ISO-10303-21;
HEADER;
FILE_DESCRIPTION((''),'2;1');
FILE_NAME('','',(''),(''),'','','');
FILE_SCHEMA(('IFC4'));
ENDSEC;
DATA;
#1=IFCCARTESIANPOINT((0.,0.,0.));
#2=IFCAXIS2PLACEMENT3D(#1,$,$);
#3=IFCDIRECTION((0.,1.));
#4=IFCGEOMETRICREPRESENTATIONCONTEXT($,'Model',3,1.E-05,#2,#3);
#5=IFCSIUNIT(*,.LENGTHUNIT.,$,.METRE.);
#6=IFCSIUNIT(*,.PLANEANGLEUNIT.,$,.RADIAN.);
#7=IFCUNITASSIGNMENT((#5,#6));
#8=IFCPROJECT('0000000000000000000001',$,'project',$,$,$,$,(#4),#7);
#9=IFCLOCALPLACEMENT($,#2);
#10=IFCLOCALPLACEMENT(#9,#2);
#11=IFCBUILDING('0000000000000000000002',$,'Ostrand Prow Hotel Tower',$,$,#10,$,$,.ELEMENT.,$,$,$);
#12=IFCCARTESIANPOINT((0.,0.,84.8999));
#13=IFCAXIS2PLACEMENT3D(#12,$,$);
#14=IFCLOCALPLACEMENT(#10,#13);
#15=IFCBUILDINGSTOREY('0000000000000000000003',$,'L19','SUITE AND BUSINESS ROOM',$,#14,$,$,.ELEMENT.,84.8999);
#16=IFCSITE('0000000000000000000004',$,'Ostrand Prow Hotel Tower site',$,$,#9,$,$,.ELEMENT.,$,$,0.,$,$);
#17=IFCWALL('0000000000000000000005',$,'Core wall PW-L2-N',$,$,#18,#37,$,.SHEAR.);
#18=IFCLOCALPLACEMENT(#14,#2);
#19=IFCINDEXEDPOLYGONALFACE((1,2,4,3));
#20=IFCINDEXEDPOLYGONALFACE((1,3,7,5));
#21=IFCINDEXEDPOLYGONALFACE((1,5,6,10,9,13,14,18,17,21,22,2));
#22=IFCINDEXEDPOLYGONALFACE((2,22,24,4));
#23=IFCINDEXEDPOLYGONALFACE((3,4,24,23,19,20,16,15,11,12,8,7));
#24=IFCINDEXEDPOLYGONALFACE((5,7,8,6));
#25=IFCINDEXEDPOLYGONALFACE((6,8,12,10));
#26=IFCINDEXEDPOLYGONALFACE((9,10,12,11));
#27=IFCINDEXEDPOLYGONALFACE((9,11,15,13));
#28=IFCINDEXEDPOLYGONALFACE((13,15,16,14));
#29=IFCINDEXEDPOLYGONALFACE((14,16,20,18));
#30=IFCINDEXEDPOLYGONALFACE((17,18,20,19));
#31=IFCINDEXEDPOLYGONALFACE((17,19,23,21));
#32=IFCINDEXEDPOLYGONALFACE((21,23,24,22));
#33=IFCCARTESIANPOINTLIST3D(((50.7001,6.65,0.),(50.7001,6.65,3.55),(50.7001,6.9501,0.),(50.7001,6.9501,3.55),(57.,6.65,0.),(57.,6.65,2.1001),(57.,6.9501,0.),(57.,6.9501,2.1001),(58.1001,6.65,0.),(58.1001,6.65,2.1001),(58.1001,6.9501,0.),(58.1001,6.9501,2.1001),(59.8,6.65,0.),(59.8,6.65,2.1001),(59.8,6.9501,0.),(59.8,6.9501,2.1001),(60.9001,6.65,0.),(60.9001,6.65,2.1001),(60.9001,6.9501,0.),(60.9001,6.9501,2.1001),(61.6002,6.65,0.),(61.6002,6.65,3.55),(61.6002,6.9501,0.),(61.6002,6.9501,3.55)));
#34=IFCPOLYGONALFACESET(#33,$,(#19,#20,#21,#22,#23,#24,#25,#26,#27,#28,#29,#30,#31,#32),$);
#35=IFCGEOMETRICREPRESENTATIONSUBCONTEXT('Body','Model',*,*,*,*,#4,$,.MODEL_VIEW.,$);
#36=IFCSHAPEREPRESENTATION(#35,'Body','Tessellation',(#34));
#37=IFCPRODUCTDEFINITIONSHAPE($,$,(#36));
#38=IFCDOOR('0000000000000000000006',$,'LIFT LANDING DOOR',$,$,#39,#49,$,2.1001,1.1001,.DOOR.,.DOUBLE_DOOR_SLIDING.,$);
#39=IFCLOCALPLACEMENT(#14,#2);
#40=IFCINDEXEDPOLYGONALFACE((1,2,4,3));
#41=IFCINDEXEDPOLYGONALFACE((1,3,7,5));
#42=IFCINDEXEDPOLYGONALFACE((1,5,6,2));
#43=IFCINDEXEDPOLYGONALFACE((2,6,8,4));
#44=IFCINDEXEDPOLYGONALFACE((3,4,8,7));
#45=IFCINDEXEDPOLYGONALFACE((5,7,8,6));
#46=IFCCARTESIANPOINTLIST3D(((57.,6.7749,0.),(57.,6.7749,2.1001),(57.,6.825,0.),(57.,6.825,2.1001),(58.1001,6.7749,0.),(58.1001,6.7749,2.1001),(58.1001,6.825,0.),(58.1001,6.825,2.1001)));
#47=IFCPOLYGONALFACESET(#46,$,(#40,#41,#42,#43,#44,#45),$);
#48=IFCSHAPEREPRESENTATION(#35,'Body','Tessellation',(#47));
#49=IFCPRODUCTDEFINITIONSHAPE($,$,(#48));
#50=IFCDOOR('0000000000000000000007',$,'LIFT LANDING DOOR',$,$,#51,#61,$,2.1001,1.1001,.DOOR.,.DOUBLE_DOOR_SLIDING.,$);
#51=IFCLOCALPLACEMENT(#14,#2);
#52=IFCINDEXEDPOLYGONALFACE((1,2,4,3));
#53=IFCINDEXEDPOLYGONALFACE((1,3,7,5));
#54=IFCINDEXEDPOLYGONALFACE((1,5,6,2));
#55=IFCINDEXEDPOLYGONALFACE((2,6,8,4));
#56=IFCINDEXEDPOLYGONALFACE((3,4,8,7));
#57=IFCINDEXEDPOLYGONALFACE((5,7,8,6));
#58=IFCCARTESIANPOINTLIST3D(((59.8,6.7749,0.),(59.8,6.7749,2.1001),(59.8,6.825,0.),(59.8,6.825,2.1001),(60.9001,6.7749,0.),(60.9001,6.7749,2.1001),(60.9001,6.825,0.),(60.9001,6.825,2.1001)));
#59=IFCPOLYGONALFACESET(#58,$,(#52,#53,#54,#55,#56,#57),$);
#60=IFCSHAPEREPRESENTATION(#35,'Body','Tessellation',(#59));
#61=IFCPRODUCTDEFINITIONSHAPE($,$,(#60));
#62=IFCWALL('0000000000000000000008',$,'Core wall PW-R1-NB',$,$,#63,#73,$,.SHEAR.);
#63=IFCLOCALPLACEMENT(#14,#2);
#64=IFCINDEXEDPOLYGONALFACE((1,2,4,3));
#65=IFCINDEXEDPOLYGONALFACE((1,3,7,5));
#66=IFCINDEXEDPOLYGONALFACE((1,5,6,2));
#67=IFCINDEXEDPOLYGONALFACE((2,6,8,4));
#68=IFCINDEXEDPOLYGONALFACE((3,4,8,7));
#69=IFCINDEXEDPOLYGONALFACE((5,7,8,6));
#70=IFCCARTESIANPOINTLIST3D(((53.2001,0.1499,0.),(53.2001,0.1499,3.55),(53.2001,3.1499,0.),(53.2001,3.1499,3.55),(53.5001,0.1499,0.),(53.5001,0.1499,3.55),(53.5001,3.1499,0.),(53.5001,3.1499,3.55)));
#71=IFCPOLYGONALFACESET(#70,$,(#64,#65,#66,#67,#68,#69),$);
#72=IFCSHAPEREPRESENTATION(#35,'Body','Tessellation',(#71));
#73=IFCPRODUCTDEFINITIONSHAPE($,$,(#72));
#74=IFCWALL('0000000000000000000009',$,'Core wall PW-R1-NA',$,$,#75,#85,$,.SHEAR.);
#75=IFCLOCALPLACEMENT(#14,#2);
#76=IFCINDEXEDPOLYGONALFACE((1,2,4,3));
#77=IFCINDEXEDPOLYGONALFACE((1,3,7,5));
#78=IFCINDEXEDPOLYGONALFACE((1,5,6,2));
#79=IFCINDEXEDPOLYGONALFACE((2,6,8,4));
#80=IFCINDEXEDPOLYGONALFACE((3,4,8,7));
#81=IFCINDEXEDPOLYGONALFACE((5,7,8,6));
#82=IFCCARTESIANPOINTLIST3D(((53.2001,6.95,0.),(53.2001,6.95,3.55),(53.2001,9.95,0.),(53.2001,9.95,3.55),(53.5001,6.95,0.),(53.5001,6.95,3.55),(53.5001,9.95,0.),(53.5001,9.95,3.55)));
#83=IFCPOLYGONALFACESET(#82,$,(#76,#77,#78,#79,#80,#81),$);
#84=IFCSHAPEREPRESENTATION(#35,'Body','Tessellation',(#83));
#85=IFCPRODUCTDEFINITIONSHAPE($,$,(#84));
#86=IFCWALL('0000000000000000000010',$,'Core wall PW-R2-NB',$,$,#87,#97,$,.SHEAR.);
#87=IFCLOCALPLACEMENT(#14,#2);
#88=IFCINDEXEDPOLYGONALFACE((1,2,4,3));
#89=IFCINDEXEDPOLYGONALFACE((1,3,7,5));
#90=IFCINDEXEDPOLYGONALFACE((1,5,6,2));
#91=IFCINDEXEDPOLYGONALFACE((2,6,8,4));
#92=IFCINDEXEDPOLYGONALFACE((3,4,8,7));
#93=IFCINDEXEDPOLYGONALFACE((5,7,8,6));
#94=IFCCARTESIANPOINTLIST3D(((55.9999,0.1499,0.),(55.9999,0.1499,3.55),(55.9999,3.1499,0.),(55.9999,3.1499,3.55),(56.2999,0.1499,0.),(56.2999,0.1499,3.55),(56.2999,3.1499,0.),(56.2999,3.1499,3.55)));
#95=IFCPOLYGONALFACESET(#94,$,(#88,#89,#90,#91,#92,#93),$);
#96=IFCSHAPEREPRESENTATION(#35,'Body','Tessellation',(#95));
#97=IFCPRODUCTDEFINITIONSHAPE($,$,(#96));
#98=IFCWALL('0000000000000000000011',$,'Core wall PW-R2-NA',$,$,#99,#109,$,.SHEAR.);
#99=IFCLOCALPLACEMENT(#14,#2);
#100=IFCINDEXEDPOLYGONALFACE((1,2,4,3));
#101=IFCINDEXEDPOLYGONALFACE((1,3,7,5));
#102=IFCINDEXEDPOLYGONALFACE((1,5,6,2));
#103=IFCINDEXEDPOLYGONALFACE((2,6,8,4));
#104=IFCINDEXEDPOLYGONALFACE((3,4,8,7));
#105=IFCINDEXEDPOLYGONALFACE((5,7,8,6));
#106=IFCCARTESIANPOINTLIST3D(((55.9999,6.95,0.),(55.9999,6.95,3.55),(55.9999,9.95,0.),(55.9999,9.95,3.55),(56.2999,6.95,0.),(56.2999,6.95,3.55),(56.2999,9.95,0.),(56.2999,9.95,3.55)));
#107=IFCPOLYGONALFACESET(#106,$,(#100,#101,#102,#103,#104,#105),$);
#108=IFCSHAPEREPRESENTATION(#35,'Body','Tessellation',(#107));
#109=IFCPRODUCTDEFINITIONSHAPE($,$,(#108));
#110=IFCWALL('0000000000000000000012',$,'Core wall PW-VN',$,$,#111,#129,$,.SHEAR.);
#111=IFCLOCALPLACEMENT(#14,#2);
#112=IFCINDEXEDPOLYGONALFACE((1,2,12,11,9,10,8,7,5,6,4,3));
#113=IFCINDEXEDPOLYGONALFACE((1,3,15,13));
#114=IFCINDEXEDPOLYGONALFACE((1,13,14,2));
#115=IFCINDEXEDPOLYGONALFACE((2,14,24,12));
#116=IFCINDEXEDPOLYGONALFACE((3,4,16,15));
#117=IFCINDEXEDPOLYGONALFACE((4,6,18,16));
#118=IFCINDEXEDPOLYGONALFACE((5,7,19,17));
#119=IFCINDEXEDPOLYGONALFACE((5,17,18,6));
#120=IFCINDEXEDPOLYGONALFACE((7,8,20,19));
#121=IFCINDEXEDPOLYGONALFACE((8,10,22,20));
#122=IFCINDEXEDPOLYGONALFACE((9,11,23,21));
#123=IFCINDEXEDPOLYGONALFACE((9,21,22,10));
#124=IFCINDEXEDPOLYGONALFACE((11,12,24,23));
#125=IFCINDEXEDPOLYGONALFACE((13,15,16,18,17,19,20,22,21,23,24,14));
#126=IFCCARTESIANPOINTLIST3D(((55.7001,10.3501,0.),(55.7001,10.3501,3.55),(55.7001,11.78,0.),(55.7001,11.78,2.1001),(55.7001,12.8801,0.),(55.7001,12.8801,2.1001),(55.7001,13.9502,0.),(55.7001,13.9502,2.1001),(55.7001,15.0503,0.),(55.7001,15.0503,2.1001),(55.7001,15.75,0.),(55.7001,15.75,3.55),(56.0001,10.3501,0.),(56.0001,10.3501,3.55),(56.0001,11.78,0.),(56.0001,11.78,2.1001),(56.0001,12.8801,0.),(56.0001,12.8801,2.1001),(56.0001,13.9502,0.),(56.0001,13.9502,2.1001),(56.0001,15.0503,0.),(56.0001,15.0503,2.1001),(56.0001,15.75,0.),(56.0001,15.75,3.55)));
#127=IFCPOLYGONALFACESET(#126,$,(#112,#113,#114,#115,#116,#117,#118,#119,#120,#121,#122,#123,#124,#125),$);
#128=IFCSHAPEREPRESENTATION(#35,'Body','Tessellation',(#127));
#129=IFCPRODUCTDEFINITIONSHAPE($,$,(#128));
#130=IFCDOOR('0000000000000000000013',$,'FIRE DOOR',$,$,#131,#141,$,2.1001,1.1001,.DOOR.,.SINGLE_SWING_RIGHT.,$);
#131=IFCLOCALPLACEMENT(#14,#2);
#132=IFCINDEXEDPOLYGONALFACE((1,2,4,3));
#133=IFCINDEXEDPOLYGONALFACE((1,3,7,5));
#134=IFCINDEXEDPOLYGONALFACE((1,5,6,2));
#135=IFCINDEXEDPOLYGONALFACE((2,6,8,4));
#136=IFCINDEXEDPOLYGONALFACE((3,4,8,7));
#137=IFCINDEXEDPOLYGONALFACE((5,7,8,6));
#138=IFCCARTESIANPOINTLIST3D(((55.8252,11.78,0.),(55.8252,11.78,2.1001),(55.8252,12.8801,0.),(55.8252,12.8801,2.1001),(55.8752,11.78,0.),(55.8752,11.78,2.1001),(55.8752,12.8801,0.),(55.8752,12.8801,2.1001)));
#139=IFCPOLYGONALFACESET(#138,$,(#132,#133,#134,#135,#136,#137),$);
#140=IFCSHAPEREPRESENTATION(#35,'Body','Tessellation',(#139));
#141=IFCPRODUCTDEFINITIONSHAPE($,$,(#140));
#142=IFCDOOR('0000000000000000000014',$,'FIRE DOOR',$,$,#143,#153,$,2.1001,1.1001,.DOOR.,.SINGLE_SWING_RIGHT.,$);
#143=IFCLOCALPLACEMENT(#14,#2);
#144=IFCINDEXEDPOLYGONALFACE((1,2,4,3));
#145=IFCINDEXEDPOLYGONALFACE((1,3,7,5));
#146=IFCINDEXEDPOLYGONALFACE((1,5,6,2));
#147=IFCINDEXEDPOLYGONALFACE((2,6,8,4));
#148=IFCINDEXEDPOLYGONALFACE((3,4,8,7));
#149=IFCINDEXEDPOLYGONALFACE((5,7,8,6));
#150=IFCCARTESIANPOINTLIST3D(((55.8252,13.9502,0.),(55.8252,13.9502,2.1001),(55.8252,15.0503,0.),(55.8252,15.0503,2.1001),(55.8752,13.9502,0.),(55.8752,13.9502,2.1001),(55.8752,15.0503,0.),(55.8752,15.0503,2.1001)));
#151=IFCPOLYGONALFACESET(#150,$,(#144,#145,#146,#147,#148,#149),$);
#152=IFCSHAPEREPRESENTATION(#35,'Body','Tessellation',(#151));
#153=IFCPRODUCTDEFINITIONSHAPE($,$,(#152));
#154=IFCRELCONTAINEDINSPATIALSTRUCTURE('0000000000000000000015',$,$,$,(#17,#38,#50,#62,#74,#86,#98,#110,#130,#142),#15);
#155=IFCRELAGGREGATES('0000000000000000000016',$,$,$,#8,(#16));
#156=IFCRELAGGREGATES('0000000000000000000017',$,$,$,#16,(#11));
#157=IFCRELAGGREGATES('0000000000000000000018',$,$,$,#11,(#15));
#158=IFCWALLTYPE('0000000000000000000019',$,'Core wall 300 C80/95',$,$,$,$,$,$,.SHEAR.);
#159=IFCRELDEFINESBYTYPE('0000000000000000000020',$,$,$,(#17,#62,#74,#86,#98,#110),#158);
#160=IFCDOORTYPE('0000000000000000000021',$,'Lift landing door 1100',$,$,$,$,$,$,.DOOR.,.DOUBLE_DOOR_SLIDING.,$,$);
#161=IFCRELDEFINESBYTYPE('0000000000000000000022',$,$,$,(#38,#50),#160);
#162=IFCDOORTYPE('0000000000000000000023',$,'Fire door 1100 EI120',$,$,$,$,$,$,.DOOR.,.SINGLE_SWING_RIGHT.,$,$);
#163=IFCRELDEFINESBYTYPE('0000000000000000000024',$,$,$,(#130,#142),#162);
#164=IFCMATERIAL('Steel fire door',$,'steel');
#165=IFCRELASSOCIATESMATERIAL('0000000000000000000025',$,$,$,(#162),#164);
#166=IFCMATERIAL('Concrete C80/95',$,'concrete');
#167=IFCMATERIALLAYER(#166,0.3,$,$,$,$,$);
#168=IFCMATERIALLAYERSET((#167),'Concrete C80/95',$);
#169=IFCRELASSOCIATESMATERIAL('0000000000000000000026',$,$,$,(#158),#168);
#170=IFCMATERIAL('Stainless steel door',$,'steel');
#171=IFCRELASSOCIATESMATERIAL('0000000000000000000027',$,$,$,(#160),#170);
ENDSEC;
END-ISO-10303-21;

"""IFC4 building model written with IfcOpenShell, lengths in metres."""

from ifc_helpers import new_model, si_unit, direction, frame, frame_2d, origin, place, context, subcontext, project, spatial, rectangle, extrude, material, layer, layer_set, type_object, element, fill, save


model = new_model("IFC4")

# Units and contexts
model_context = context("Model", 3, precision=1e-05, world=origin(), true_north=direction((0.0, 1.0)))
body_context = subcontext(model_context, "Body", "Model", "MODEL_VIEW")
ifc_project = project(units=[si_unit("LENGTHUNIT", "METRE"), si_unit("PLANEANGLEUNIT", "RADIAN")], contexts=[model_context])

# Site, building, storey
site_placement = place(None, origin())
site = spatial("IfcSite", under=ifc_project, at=site_placement, Name="Ostrand Prow Hotel Tower site", CompositionType="ELEMENT", RefElevation=0.0)
building_placement = place(site_placement, origin())
building = spatial("IfcBuilding", under=site, at=building_placement, Name="Ostrand Prow Hotel Tower", CompositionType="ELEMENT")
storey_placement = place(building_placement, frame((0.0, 0.0, 84.8999)))
storey = spatial("IfcBuildingStorey", under=building, at=storey_placement, Name="L19", Description="SUITE AND BUSINESS ROOM", CompositionType="ELEMENT", Elevation=84.8999)

# Shared definitions
ifc_material_1 = material(Name="Steel fire door", Category="steel")
door_type_1 = type_object("IfcDoorType", Name="Fire door 1100 EI120", OperationType="SINGLE_SWING_RIGHT", PredefinedType="DOOR", material=ifc_material_1)

# Wall, openings, doors
ifc_material_2 = material(Name="Concrete C80/95", Category="concrete")
ifc_layer_1 = layer(ifc_material_2, 0.3)
ifc_layer_set_1 = layer_set([ifc_layer_1], Name="Concrete C80/95")
wall_type_1 = type_object("IfcWallType", Name="Core wall 300 C80/95", PredefinedType="SHEAR", material=ifc_layer_set_1)
wall_1_placement = place(storey_placement, frame((50.7, 6.8, 0.0), z_axis=(0.0, 0.0, 1.0), x_axis=(1.0, 0.0, 0.0)))
wall_1 = element("IfcWall", 1, at=wall_1_placement, inside=storey, type_object=wall_type_1, Name="Core wall PW-L2-N", PredefinedType="SHEAR", context=body_context, shape_type="SweptSolid", body=[
    extrude(rectangle(XDim=10.9001, YDim=0.3, at=frame_2d((5.4502, 0.0))), origin(), (0.0, 0.0, 1.0), 3.55),
])
opening_1_placement = place(wall_1_placement, frame((6.3, 0.0, 0.0)))
opening_1 = element("IfcOpeningElement", 2, at=opening_1_placement, cuts=wall_1, PredefinedType="OPENING", context=body_context, shape_type="SweptSolid", body=[
    extrude(rectangle(XDim=1.1001, YDim=2.1001, at=frame_2d((0.55, 1.05))), frame((0.0, 0.1599, 0.0), z_axis=(0.0, -1.0, 0.0), x_axis=(1.0, 0.0, 0.0)), (0.0, 0.0, 1.0), 0.3201),
])
opening_2_placement = place(wall_1_placement, frame((9.1001, 0.0, 0.0)))
opening_2 = element("IfcOpeningElement", 3, at=opening_2_placement, cuts=wall_1, PredefinedType="OPENING", context=body_context, shape_type="SweptSolid", body=[
    extrude(rectangle(XDim=1.1001, YDim=2.1001, at=frame_2d((0.55, 1.05))), frame((0.0, 0.1599, 0.0), z_axis=(0.0, -1.0, 0.0), x_axis=(1.0, 0.0, 0.0)), (0.0, 0.0, 1.0), 0.3201),
])
ifc_material_3 = material(Name="Stainless steel door", Category="steel")
door_type_2 = type_object("IfcDoorType", Name="Lift landing door 1100", OperationType="DOUBLE_DOOR_SLIDING", PredefinedType="DOOR", material=ifc_material_3)
door_1_placement = place(opening_1_placement, origin())
door_1 = element("IfcDoor", 4, at=door_1_placement, inside=storey, type_object=door_type_2, Name="LIFT LANDING DOOR", OperationType="DOUBLE_DOOR_SLIDING", OverallHeight=2.1001, OverallWidth=1.1001, PredefinedType="DOOR", context=body_context, shape_type="SweptSolid", body=[
    extrude(rectangle(XDim=1.1001, YDim=2.1001, at=frame_2d((0.55, 1.05))), frame((0.0, 0.0249, 0.0), z_axis=(0.0, -1.0, 0.0), x_axis=(1.0, 0.0, 0.0)), (0.0, 0.0, 1.0), 0.05),
])
fill(opening_1, door_1)
door_2_placement = place(opening_2_placement, origin())
door_2 = element("IfcDoor", 5, at=door_2_placement, inside=storey, type_object=door_type_2, Name="LIFT LANDING DOOR", OperationType="DOUBLE_DOOR_SLIDING", OverallHeight=2.1001, OverallWidth=1.1001, PredefinedType="DOOR", context=body_context, shape_type="SweptSolid", body=[
    extrude(rectangle(XDim=1.1001, YDim=2.1001, at=frame_2d((0.55, 1.05))), frame((0.0, 0.0249, 0.0), z_axis=(0.0, -1.0, 0.0), x_axis=(1.0, 0.0, 0.0)), (0.0, 0.0, 1.0), 0.05),
])
fill(opening_2, door_2)

# Walls
for number, where, z_axis, x_axis, name in (
    (6, (53.3501, 0.1499, 0.0), (0.0, 0.0, 1.0), (0.0, 1.0, 0.0), "Core wall PW-R1-NB"),
    (7, (53.3501, 6.95, 0.0), (0.0, 0.0, 1.0), (0.0, 1.0, 0.0), "Core wall PW-R1-NA"),
    (8, (56.1499, 0.1499, 0.0), (0.0, 0.0, 1.0), (0.0, 1.0, 0.0), "Core wall PW-R2-NB"),
    (9, (56.1499, 6.95, 0.0), (0.0, 0.0, 1.0), (0.0, 1.0, 0.0), "Core wall PW-R2-NA"),
):
    element("IfcWall", number, at=place(storey_placement, frame(where, z_axis=z_axis, x_axis=x_axis)), inside=storey, type_object=wall_type_1, Name=name, PredefinedType="SHEAR", context=body_context, shape_type="SweptSolid", body=[
        extrude(rectangle(XDim=3.0, YDim=0.3, at=frame_2d((1.5, 0.0))), origin(), (0.0, 0.0, 1.0), 3.55),
    ])

# Wall, openings, doors
wall_2_placement = place(storey_placement, frame((55.8501, 10.3501, 0.0), z_axis=(0.0, 0.0, 1.0), x_axis=(0.0, 1.0, 0.0)))
wall_2 = element("IfcWall", 10, at=wall_2_placement, inside=storey, type_object=wall_type_1, Name="Core wall PW-VN", PredefinedType="SHEAR", context=body_context, shape_type="SweptSolid", body=[
    extrude(rectangle(XDim=5.3999, YDim=0.3, at=frame_2d((2.7, 0.0))), origin(), (0.0, 0.0, 1.0), 3.55),
])
opening_3_placement = place(wall_2_placement, frame((1.4299, 0.0, 0.0)))
opening_3 = element("IfcOpeningElement", 11, at=opening_3_placement, cuts=wall_2, PredefinedType="OPENING", context=body_context, shape_type="SweptSolid", body=[
    extrude(rectangle(XDim=1.1001, YDim=2.1001, at=frame_2d((0.55, 1.05))), frame((0.0, 0.1599, 0.0), z_axis=(0.0, -1.0, 0.0), x_axis=(1.0, 0.0, 0.0)), (0.0, 0.0, 1.0), 0.3201),
])
opening_4_placement = place(wall_2_placement, frame((3.6001, 0.0, 0.0)))
opening_4 = element("IfcOpeningElement", 12, at=opening_4_placement, cuts=wall_2, PredefinedType="OPENING", context=body_context, shape_type="SweptSolid", body=[
    extrude(rectangle(XDim=1.1001, YDim=2.1001, at=frame_2d((0.55, 1.05))), frame((0.0, 0.1599, 0.0), z_axis=(0.0, -1.0, 0.0), x_axis=(1.0, 0.0, 0.0)), (0.0, 0.0, 1.0), 0.3201),
])
door_3_placement = place(opening_3_placement, origin())
door_3 = element("IfcDoor", 13, at=door_3_placement, inside=storey, type_object=door_type_1, Name="FIRE DOOR", OperationType="SINGLE_SWING_RIGHT", OverallHeight=2.1001, OverallWidth=1.1001, PredefinedType="DOOR", context=body_context, shape_type="SweptSolid", body=[
    extrude(rectangle(XDim=1.1001, YDim=2.1001, at=frame_2d((0.55, 1.05))), frame((0.0, 0.0249, 0.0), z_axis=(0.0, -1.0, 0.0), x_axis=(1.0, 0.0, 0.0)), (0.0, 0.0, 1.0), 0.05),
])
fill(opening_3, door_3)
door_4_placement = place(opening_4_placement, origin())
door_4 = element("IfcDoor", 14, at=door_4_placement, inside=storey, type_object=door_type_1, Name="FIRE DOOR", OperationType="SINGLE_SWING_RIGHT", OverallHeight=2.1001, OverallWidth=1.1001, PredefinedType="DOOR", context=body_context, shape_type="SweptSolid", body=[
    extrude(rectangle(XDim=1.1001, YDim=2.1001, at=frame_2d((0.55, 1.05))), frame((0.0, 0.0249, 0.0), z_axis=(0.0, -1.0, 0.0), x_axis=(1.0, 0.0, 0.0)), (0.0, 0.0, 1.0), 0.05),
])
fill(opening_4, door_4)

save(model, "model.ifc")
